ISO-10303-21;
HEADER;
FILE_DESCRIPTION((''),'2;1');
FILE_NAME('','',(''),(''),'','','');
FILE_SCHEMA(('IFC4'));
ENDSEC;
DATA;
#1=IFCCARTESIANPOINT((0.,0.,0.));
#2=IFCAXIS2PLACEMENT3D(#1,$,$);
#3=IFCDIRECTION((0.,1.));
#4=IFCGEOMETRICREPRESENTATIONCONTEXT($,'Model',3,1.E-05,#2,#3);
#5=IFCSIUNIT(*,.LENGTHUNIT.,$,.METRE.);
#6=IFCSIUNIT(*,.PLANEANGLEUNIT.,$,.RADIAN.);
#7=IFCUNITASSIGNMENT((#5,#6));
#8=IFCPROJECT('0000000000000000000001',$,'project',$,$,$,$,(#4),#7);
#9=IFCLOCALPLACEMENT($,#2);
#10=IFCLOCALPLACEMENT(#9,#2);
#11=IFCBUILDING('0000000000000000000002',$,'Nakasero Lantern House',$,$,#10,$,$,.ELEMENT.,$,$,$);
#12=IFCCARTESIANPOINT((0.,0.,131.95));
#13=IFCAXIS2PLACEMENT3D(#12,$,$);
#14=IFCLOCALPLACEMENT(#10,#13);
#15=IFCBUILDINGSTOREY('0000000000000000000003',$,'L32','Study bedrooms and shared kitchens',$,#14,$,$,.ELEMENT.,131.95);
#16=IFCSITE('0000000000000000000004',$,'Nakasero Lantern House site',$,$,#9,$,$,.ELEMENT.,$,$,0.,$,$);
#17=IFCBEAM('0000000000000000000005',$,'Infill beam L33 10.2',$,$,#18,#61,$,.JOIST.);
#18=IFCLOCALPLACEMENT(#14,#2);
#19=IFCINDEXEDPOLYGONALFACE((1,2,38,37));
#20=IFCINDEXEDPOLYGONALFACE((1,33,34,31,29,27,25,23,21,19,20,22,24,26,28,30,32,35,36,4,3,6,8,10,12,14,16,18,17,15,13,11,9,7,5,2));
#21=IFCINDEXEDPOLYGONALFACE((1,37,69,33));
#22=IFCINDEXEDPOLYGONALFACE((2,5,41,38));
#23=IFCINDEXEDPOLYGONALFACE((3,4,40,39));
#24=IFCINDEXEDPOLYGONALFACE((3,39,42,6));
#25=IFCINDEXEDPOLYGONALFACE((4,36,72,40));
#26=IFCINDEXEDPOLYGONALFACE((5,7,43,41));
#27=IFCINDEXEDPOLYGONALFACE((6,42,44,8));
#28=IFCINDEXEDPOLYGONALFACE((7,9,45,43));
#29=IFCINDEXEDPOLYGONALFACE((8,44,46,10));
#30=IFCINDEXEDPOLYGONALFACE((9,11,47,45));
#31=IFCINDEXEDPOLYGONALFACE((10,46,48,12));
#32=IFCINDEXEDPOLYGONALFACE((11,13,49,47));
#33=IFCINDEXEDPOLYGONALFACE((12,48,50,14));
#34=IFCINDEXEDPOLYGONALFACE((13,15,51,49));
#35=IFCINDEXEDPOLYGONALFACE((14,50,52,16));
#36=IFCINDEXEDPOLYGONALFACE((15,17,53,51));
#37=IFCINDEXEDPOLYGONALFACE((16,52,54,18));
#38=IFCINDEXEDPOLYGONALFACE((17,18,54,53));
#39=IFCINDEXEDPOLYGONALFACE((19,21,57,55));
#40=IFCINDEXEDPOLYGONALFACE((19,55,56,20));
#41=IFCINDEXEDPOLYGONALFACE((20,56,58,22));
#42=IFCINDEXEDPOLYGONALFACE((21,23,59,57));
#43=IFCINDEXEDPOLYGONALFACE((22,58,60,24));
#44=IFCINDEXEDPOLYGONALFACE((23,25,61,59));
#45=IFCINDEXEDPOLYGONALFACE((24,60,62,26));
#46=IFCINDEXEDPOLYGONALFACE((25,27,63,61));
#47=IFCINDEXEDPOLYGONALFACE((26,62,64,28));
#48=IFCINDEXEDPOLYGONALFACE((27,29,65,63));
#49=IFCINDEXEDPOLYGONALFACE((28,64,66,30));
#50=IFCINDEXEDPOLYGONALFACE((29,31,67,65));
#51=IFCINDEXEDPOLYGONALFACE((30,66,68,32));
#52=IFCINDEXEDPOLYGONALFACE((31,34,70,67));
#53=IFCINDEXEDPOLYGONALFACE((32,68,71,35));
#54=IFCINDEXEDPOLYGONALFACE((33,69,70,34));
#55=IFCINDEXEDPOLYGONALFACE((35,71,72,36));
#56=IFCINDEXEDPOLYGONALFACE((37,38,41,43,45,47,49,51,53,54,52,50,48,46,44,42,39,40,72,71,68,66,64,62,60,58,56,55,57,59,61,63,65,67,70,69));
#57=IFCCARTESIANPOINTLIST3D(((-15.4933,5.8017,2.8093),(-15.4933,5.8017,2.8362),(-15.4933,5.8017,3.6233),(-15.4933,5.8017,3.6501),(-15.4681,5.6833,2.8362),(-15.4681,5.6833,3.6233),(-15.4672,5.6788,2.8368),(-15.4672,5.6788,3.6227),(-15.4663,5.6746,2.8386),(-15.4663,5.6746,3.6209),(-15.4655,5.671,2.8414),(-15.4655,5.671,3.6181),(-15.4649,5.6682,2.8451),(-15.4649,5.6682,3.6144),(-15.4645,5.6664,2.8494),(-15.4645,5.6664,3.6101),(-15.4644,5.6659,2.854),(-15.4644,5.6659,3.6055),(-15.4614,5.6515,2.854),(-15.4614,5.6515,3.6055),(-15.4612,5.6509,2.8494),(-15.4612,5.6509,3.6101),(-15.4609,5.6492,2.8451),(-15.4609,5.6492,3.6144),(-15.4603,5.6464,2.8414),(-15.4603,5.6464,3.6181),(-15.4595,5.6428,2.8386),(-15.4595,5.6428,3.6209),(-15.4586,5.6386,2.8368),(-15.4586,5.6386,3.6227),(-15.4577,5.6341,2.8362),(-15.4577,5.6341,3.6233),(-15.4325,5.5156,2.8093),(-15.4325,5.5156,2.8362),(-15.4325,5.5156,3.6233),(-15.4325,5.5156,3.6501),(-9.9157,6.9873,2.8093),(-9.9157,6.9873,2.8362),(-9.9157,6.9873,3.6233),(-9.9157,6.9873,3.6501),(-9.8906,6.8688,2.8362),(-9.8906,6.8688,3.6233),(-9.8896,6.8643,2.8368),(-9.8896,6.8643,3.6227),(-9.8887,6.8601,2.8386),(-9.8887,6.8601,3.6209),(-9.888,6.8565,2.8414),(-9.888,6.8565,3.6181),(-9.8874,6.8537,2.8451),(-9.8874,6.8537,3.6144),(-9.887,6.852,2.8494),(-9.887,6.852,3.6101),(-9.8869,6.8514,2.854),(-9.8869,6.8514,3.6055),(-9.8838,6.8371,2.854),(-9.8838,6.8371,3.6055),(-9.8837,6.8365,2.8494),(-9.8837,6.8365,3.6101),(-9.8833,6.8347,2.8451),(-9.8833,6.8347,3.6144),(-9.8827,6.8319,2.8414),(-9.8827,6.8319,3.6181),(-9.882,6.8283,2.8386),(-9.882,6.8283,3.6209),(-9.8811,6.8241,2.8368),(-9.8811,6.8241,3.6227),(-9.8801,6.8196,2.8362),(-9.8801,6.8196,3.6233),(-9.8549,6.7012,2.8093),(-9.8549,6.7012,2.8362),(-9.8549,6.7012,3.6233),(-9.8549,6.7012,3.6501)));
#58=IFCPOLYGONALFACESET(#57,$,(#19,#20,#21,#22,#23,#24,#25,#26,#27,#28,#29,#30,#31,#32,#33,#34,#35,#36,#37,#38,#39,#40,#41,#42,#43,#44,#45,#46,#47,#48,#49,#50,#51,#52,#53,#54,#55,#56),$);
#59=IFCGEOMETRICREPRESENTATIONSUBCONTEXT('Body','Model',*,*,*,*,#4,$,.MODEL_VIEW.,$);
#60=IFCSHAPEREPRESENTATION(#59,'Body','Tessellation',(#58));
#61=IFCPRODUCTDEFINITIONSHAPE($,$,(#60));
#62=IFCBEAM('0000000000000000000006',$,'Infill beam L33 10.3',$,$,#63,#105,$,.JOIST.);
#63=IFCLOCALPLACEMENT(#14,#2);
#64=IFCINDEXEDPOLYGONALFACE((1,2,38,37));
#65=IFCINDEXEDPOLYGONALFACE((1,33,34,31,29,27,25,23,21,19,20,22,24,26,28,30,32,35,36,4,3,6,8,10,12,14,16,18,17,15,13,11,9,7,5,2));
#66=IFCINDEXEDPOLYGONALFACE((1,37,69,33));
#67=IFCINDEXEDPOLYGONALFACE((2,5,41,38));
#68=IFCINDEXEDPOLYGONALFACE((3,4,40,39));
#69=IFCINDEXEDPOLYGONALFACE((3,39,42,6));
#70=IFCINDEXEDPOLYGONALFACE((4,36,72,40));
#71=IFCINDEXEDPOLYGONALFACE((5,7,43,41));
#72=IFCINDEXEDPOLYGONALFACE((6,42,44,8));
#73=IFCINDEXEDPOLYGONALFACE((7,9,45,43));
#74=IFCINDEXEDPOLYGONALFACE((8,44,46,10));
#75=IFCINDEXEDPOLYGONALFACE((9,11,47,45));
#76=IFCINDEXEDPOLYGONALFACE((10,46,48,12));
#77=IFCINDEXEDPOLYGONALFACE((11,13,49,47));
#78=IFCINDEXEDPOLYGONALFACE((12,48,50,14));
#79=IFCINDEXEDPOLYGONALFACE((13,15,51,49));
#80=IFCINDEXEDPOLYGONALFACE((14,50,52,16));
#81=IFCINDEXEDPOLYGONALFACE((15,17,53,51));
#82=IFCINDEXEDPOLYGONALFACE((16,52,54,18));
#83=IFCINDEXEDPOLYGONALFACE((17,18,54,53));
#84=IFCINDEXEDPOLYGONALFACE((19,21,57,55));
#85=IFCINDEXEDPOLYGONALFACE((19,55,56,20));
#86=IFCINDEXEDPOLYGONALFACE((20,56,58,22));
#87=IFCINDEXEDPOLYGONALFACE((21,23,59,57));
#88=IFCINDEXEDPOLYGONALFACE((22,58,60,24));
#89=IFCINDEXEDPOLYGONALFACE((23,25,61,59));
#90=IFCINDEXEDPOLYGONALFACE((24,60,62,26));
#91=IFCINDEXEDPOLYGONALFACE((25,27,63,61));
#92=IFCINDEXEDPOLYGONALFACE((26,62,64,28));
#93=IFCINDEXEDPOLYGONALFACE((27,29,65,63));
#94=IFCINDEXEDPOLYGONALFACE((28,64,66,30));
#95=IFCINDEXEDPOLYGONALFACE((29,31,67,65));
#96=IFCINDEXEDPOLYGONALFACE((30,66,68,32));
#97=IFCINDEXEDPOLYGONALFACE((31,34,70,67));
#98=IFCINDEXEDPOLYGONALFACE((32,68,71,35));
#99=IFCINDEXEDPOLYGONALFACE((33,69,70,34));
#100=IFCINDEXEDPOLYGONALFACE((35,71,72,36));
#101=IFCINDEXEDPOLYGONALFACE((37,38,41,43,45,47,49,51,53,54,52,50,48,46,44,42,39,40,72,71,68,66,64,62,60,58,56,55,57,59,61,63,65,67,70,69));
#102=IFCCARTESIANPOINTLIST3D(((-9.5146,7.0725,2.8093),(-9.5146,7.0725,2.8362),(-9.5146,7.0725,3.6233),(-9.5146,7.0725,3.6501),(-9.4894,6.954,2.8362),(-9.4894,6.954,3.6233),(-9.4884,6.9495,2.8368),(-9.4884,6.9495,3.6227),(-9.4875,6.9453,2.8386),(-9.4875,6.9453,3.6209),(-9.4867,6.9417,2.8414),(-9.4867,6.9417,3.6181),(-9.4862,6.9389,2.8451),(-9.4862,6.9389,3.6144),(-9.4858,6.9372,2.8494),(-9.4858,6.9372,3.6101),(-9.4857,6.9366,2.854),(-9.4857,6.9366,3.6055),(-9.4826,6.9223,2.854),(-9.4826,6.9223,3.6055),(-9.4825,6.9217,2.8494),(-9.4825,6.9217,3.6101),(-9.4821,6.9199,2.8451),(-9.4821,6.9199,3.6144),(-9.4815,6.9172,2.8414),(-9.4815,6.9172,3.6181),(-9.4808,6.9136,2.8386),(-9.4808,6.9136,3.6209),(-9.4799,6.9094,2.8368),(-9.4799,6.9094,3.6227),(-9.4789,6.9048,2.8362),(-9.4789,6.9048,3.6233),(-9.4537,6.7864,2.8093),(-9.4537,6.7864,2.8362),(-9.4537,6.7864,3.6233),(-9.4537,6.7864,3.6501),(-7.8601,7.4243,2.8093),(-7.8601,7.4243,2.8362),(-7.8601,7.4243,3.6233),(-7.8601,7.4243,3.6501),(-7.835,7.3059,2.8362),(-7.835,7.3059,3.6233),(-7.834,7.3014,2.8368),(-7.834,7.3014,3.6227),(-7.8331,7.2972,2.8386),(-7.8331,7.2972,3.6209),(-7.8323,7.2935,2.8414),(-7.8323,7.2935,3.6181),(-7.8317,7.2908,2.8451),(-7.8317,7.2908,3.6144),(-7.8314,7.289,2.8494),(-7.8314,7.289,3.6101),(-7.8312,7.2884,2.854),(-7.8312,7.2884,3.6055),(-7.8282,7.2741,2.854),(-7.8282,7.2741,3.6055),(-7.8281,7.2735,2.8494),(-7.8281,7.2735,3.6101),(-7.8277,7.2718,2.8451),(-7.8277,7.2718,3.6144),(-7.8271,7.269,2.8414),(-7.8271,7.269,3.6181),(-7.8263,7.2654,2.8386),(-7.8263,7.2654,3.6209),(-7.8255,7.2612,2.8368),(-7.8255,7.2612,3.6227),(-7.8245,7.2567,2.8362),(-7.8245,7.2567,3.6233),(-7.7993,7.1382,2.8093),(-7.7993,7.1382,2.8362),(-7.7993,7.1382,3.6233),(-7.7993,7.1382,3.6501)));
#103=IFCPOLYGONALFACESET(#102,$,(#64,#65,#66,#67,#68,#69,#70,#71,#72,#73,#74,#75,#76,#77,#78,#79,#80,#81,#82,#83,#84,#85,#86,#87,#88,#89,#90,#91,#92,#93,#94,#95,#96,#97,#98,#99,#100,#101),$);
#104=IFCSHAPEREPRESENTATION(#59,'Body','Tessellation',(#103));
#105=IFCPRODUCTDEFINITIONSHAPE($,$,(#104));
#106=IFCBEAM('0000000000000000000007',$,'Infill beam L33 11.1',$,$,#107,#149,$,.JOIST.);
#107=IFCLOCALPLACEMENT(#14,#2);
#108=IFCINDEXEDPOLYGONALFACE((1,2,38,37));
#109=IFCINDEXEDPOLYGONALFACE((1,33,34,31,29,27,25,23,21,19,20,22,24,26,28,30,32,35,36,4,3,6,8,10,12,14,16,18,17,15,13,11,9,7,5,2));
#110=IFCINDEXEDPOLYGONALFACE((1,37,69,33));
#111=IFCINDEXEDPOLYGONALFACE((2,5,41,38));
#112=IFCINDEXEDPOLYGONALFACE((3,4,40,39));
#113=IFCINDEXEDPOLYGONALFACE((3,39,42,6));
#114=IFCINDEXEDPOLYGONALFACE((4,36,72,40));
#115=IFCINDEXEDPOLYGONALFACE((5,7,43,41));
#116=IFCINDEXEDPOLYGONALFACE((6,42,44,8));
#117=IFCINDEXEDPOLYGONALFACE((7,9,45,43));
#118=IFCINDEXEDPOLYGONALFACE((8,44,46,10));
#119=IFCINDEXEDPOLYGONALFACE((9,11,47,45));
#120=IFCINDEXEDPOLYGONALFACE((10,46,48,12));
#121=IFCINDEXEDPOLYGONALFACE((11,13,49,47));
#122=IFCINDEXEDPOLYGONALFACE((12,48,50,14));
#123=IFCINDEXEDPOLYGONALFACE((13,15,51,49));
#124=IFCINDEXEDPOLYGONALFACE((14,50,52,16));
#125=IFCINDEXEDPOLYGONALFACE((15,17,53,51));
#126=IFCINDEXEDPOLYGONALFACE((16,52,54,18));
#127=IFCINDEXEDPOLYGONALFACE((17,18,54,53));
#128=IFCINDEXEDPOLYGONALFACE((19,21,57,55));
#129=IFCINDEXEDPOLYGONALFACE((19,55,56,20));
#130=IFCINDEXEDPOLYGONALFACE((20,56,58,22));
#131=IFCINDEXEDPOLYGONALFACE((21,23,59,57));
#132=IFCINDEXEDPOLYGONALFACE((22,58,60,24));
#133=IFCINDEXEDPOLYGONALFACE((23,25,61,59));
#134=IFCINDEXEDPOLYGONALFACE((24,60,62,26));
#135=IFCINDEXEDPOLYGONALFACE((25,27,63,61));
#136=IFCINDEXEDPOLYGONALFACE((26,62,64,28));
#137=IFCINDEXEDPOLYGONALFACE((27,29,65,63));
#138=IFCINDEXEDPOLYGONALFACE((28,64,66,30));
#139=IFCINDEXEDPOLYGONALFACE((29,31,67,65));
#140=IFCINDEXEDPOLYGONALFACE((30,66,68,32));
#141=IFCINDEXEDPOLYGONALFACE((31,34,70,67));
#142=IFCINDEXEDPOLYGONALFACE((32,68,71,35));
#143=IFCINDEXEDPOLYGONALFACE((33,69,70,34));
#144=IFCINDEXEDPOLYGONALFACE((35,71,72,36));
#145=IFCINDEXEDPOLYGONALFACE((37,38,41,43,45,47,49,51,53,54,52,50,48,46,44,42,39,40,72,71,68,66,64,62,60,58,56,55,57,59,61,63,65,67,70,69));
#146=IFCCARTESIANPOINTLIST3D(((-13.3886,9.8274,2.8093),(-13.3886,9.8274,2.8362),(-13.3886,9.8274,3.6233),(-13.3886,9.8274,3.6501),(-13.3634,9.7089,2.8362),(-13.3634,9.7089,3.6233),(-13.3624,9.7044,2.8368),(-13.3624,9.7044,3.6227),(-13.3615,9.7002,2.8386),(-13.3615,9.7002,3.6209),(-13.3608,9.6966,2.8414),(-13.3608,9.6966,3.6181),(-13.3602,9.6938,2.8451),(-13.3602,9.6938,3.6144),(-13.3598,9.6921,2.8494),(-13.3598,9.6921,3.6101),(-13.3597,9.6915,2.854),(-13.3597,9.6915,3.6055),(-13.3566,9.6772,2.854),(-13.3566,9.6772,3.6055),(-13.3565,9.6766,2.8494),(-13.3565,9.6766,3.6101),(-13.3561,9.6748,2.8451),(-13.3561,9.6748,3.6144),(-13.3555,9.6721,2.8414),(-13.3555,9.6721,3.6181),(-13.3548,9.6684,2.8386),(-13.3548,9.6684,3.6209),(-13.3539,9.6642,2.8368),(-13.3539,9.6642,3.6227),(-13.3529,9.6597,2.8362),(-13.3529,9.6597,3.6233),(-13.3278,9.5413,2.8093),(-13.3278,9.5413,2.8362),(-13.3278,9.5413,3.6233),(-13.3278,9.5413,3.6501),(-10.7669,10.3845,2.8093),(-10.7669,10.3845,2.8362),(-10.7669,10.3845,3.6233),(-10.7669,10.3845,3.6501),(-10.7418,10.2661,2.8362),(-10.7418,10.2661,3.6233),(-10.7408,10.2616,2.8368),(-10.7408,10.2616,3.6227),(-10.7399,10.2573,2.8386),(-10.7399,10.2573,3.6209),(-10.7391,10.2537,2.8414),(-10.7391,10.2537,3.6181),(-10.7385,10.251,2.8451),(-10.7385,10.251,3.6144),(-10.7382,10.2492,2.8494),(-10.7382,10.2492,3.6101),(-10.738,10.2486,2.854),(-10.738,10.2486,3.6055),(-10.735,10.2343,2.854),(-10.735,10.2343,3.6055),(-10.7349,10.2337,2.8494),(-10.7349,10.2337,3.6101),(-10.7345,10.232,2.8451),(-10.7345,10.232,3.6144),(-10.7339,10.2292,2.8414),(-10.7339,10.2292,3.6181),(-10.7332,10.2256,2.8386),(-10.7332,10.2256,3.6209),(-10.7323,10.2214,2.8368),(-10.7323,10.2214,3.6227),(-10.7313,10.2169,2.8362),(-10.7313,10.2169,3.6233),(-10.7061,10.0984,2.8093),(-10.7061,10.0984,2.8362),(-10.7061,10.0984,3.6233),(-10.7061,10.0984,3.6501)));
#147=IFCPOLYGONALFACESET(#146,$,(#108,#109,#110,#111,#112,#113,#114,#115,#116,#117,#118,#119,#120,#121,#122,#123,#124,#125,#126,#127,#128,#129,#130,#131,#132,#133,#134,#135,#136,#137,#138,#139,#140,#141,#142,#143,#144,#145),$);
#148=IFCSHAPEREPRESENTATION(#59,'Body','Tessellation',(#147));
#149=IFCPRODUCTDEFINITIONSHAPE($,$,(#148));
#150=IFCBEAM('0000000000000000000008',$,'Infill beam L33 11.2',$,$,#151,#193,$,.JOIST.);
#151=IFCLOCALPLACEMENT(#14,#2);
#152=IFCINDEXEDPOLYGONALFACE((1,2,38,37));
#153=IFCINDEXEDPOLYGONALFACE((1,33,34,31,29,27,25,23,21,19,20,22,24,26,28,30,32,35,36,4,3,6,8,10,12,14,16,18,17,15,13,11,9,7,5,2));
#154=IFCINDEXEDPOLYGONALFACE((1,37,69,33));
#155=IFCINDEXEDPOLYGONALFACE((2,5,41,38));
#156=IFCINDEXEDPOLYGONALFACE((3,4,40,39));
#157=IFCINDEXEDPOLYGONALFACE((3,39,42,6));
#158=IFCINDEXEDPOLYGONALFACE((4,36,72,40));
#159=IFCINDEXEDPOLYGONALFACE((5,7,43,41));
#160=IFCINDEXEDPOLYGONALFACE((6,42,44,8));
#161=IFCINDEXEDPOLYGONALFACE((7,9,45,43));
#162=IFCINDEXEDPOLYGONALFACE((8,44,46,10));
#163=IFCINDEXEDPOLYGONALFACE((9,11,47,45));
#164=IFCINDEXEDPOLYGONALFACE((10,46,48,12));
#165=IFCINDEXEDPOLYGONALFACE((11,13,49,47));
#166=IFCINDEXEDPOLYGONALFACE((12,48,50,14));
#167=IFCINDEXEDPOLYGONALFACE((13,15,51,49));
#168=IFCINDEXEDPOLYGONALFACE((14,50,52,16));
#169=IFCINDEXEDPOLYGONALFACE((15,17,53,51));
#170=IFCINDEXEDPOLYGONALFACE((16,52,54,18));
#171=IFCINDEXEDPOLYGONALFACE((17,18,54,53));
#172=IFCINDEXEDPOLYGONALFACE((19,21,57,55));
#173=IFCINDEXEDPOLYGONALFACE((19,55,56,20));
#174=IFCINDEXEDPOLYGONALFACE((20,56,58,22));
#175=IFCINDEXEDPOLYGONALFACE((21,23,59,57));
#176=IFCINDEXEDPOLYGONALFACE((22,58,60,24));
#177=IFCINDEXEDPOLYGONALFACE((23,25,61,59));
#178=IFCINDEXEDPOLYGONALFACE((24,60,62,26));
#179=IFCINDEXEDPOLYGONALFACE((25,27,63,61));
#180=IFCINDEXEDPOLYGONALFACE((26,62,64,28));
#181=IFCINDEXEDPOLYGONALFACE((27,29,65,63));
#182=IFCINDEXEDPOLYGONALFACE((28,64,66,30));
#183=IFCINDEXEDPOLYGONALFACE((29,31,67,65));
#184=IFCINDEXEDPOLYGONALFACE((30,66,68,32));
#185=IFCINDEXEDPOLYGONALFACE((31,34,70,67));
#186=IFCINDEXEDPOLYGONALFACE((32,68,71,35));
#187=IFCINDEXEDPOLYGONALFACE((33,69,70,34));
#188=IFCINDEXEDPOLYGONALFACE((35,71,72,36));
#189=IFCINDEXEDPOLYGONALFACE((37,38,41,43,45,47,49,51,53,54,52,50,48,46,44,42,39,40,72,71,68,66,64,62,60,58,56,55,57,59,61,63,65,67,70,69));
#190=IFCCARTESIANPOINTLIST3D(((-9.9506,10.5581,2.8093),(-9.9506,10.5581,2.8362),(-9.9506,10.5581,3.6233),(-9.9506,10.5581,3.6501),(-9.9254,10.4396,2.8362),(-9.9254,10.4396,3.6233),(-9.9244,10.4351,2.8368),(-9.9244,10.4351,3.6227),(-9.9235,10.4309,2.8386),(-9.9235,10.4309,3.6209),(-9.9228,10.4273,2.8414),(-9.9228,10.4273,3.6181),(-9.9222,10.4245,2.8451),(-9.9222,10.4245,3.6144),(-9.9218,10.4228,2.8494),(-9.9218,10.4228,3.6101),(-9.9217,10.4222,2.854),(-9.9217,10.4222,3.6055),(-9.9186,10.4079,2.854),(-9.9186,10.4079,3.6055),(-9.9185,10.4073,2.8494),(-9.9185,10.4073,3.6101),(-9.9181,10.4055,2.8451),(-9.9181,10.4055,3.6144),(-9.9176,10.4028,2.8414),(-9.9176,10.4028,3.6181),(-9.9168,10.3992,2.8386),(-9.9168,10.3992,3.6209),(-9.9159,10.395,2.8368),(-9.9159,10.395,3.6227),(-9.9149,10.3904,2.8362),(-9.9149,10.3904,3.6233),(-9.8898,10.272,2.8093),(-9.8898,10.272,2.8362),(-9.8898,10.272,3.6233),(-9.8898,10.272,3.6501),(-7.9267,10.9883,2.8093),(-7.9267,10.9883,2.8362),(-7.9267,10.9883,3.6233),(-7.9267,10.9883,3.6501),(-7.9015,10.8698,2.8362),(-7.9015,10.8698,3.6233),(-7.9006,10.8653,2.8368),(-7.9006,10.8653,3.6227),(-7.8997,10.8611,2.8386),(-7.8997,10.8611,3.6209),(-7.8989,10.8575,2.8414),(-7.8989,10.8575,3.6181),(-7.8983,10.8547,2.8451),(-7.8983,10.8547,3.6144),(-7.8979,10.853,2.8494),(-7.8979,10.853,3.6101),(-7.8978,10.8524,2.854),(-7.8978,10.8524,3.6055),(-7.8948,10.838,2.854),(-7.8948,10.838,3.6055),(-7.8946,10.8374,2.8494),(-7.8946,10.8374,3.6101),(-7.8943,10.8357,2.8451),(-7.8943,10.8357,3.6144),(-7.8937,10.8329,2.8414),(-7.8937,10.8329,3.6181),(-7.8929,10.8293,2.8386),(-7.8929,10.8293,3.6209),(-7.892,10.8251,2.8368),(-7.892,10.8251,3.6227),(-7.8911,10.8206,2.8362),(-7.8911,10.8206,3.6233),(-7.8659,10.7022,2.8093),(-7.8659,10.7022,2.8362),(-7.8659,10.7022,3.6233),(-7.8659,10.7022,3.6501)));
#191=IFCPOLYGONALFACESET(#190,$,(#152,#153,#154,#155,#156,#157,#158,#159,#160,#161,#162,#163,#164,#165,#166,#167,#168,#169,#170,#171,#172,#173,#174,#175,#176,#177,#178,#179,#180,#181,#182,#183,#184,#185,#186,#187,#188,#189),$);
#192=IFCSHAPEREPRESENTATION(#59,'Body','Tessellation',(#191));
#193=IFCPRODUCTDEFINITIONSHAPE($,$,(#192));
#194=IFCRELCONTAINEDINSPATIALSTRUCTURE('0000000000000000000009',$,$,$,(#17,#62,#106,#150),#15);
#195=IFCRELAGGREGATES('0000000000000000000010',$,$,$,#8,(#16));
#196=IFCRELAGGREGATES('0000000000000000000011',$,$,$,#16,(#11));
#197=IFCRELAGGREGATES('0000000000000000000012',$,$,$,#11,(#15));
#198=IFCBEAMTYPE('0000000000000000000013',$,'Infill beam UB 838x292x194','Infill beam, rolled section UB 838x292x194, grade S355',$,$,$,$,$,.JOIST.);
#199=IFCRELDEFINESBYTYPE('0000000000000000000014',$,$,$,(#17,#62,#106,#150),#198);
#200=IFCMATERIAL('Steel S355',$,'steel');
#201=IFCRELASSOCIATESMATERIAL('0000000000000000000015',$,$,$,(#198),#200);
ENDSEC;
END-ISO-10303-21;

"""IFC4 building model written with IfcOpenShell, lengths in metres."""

from ifc_helpers import new_model, si_unit, direction, frame, origin, origin_2d, place, context, subcontext, project, spatial, i_section, extrude, material, material_profile, profile_set, type_object, element, save


model = new_model("IFC4")

# Units and contexts
model_context = context("Model", 3, precision=1e-05, world=origin(), true_north=direction((0.0, 1.0)))
body_context = subcontext(model_context, "Body", "Model", "MODEL_VIEW")
ifc_project = project(units=[si_unit("LENGTHUNIT", "METRE"), si_unit("PLANEANGLEUNIT", "RADIAN")], contexts=[model_context])

# Site, building, storey
site_placement = place(None, origin())
site = spatial("IfcSite", under=ifc_project, at=site_placement, Name="Nakasero Lantern House site", CompositionType="ELEMENT", RefElevation=0.0)
building_placement = place(site_placement, origin())
building = spatial("IfcBuilding", under=site, at=building_placement, Name="Nakasero Lantern House", CompositionType="ELEMENT")
storey_placement = place(building_placement, frame((0.0, 0.0, 131.95)))
storey = spatial("IfcBuildingStorey", under=building, at=storey_placement, Name="L32", Description="Study bedrooms and shared kitchens", CompositionType="ELEMENT", Elevation=131.95)

# Beams
ifc_material_1 = material(Name="Steel S355", Category="steel")
ifc_material_profile = material_profile(ifc_material_1, i_section(OverallWidth=0.2925, OverallDepth=0.8408, WebThickness=0.0146, FlangeThickness=0.0269, FilletRadius=0.0178, at=origin_2d()), Name="UB 838x292x194")
ifc_profile_set = profile_set([ifc_material_profile], Name="Steel S355")
beam_type = type_object("IfcBeamType", Name="Infill beam UB 838x292x194", Description="Infill beam, rolled section UB 838x292x194, grade S355", PredefinedType="JOIST", material=ifc_profile_set)
beam_1_placement = place(storey_placement, frame((-15.4629, 5.6587, 3.2297), z_axis=(0.978148, 0.207909, 0.0), x_axis=(-0.207909, 0.978148, 0.0)))
element("IfcBeam", 1, at=beam_1_placement, inside=storey, type_object=beam_type, Name="Infill beam L33 10.2", PredefinedType="JOIST", context=body_context, shape_type="SweptSolid", body=[
    extrude(i_section(OverallWidth=0.2925, OverallDepth=0.8408, WebThickness=0.0146, FlangeThickness=0.0269, FilletRadius=0.0178, at=origin_2d()), origin(), (0.0, 0.0, 1.0), 5.7021),
])
beam_2_placement = place(storey_placement, frame((-9.4841, 6.9294, 3.2297), z_axis=(0.978127, 0.208011, 0.0), x_axis=(-0.208011, 0.978127, 0.0)))
element("IfcBeam", 2, at=beam_2_placement, inside=storey, type_object=beam_type, Name="Infill beam L33 10.3", PredefinedType="JOIST", context=body_context, shape_type="SweptSolid", body=[
    extrude(i_section(OverallWidth=0.2925, OverallDepth=0.8408, WebThickness=0.0146, FlangeThickness=0.0269, FilletRadius=0.0178, at=origin_2d()), origin(), (0.0, 0.0, 1.0), 1.6914),
])
beam_3_placement = place(storey_placement, frame((-13.3582, 9.6843, 3.2297), z_axis=(0.978156, 0.207874, 0.0), x_axis=(-0.207874, 0.978156, 0.0)))
element("IfcBeam", 3, at=beam_3_placement, inside=storey, type_object=beam_type, Name="Infill beam L33 11.1", PredefinedType="JOIST", context=body_context, shape_type="SweptSolid", body=[
    extrude(i_section(OverallWidth=0.2925, OverallDepth=0.8408, WebThickness=0.0146, FlangeThickness=0.0269, FilletRadius=0.0178, at=origin_2d()), origin(), (0.0, 0.0, 1.0), 2.6802),
])
beam_4_placement = place(storey_placement, frame((-9.9202, 10.415, 3.2297), z_axis=(0.97815, 0.207901, 0.0), x_axis=(-0.207901, 0.97815, 0.0)))
element("IfcBeam", 4, at=beam_4_placement, inside=storey, type_object=beam_type, Name="Infill beam L33 11.2", PredefinedType="JOIST", context=body_context, shape_type="SweptSolid", body=[
    extrude(i_section(OverallWidth=0.2925, OverallDepth=0.8408, WebThickness=0.0146, FlangeThickness=0.0269, FilletRadius=0.0178, at=origin_2d()), origin(), (0.0, 0.0, 1.0), 2.0691),
])

save(model, "model.ifc")
